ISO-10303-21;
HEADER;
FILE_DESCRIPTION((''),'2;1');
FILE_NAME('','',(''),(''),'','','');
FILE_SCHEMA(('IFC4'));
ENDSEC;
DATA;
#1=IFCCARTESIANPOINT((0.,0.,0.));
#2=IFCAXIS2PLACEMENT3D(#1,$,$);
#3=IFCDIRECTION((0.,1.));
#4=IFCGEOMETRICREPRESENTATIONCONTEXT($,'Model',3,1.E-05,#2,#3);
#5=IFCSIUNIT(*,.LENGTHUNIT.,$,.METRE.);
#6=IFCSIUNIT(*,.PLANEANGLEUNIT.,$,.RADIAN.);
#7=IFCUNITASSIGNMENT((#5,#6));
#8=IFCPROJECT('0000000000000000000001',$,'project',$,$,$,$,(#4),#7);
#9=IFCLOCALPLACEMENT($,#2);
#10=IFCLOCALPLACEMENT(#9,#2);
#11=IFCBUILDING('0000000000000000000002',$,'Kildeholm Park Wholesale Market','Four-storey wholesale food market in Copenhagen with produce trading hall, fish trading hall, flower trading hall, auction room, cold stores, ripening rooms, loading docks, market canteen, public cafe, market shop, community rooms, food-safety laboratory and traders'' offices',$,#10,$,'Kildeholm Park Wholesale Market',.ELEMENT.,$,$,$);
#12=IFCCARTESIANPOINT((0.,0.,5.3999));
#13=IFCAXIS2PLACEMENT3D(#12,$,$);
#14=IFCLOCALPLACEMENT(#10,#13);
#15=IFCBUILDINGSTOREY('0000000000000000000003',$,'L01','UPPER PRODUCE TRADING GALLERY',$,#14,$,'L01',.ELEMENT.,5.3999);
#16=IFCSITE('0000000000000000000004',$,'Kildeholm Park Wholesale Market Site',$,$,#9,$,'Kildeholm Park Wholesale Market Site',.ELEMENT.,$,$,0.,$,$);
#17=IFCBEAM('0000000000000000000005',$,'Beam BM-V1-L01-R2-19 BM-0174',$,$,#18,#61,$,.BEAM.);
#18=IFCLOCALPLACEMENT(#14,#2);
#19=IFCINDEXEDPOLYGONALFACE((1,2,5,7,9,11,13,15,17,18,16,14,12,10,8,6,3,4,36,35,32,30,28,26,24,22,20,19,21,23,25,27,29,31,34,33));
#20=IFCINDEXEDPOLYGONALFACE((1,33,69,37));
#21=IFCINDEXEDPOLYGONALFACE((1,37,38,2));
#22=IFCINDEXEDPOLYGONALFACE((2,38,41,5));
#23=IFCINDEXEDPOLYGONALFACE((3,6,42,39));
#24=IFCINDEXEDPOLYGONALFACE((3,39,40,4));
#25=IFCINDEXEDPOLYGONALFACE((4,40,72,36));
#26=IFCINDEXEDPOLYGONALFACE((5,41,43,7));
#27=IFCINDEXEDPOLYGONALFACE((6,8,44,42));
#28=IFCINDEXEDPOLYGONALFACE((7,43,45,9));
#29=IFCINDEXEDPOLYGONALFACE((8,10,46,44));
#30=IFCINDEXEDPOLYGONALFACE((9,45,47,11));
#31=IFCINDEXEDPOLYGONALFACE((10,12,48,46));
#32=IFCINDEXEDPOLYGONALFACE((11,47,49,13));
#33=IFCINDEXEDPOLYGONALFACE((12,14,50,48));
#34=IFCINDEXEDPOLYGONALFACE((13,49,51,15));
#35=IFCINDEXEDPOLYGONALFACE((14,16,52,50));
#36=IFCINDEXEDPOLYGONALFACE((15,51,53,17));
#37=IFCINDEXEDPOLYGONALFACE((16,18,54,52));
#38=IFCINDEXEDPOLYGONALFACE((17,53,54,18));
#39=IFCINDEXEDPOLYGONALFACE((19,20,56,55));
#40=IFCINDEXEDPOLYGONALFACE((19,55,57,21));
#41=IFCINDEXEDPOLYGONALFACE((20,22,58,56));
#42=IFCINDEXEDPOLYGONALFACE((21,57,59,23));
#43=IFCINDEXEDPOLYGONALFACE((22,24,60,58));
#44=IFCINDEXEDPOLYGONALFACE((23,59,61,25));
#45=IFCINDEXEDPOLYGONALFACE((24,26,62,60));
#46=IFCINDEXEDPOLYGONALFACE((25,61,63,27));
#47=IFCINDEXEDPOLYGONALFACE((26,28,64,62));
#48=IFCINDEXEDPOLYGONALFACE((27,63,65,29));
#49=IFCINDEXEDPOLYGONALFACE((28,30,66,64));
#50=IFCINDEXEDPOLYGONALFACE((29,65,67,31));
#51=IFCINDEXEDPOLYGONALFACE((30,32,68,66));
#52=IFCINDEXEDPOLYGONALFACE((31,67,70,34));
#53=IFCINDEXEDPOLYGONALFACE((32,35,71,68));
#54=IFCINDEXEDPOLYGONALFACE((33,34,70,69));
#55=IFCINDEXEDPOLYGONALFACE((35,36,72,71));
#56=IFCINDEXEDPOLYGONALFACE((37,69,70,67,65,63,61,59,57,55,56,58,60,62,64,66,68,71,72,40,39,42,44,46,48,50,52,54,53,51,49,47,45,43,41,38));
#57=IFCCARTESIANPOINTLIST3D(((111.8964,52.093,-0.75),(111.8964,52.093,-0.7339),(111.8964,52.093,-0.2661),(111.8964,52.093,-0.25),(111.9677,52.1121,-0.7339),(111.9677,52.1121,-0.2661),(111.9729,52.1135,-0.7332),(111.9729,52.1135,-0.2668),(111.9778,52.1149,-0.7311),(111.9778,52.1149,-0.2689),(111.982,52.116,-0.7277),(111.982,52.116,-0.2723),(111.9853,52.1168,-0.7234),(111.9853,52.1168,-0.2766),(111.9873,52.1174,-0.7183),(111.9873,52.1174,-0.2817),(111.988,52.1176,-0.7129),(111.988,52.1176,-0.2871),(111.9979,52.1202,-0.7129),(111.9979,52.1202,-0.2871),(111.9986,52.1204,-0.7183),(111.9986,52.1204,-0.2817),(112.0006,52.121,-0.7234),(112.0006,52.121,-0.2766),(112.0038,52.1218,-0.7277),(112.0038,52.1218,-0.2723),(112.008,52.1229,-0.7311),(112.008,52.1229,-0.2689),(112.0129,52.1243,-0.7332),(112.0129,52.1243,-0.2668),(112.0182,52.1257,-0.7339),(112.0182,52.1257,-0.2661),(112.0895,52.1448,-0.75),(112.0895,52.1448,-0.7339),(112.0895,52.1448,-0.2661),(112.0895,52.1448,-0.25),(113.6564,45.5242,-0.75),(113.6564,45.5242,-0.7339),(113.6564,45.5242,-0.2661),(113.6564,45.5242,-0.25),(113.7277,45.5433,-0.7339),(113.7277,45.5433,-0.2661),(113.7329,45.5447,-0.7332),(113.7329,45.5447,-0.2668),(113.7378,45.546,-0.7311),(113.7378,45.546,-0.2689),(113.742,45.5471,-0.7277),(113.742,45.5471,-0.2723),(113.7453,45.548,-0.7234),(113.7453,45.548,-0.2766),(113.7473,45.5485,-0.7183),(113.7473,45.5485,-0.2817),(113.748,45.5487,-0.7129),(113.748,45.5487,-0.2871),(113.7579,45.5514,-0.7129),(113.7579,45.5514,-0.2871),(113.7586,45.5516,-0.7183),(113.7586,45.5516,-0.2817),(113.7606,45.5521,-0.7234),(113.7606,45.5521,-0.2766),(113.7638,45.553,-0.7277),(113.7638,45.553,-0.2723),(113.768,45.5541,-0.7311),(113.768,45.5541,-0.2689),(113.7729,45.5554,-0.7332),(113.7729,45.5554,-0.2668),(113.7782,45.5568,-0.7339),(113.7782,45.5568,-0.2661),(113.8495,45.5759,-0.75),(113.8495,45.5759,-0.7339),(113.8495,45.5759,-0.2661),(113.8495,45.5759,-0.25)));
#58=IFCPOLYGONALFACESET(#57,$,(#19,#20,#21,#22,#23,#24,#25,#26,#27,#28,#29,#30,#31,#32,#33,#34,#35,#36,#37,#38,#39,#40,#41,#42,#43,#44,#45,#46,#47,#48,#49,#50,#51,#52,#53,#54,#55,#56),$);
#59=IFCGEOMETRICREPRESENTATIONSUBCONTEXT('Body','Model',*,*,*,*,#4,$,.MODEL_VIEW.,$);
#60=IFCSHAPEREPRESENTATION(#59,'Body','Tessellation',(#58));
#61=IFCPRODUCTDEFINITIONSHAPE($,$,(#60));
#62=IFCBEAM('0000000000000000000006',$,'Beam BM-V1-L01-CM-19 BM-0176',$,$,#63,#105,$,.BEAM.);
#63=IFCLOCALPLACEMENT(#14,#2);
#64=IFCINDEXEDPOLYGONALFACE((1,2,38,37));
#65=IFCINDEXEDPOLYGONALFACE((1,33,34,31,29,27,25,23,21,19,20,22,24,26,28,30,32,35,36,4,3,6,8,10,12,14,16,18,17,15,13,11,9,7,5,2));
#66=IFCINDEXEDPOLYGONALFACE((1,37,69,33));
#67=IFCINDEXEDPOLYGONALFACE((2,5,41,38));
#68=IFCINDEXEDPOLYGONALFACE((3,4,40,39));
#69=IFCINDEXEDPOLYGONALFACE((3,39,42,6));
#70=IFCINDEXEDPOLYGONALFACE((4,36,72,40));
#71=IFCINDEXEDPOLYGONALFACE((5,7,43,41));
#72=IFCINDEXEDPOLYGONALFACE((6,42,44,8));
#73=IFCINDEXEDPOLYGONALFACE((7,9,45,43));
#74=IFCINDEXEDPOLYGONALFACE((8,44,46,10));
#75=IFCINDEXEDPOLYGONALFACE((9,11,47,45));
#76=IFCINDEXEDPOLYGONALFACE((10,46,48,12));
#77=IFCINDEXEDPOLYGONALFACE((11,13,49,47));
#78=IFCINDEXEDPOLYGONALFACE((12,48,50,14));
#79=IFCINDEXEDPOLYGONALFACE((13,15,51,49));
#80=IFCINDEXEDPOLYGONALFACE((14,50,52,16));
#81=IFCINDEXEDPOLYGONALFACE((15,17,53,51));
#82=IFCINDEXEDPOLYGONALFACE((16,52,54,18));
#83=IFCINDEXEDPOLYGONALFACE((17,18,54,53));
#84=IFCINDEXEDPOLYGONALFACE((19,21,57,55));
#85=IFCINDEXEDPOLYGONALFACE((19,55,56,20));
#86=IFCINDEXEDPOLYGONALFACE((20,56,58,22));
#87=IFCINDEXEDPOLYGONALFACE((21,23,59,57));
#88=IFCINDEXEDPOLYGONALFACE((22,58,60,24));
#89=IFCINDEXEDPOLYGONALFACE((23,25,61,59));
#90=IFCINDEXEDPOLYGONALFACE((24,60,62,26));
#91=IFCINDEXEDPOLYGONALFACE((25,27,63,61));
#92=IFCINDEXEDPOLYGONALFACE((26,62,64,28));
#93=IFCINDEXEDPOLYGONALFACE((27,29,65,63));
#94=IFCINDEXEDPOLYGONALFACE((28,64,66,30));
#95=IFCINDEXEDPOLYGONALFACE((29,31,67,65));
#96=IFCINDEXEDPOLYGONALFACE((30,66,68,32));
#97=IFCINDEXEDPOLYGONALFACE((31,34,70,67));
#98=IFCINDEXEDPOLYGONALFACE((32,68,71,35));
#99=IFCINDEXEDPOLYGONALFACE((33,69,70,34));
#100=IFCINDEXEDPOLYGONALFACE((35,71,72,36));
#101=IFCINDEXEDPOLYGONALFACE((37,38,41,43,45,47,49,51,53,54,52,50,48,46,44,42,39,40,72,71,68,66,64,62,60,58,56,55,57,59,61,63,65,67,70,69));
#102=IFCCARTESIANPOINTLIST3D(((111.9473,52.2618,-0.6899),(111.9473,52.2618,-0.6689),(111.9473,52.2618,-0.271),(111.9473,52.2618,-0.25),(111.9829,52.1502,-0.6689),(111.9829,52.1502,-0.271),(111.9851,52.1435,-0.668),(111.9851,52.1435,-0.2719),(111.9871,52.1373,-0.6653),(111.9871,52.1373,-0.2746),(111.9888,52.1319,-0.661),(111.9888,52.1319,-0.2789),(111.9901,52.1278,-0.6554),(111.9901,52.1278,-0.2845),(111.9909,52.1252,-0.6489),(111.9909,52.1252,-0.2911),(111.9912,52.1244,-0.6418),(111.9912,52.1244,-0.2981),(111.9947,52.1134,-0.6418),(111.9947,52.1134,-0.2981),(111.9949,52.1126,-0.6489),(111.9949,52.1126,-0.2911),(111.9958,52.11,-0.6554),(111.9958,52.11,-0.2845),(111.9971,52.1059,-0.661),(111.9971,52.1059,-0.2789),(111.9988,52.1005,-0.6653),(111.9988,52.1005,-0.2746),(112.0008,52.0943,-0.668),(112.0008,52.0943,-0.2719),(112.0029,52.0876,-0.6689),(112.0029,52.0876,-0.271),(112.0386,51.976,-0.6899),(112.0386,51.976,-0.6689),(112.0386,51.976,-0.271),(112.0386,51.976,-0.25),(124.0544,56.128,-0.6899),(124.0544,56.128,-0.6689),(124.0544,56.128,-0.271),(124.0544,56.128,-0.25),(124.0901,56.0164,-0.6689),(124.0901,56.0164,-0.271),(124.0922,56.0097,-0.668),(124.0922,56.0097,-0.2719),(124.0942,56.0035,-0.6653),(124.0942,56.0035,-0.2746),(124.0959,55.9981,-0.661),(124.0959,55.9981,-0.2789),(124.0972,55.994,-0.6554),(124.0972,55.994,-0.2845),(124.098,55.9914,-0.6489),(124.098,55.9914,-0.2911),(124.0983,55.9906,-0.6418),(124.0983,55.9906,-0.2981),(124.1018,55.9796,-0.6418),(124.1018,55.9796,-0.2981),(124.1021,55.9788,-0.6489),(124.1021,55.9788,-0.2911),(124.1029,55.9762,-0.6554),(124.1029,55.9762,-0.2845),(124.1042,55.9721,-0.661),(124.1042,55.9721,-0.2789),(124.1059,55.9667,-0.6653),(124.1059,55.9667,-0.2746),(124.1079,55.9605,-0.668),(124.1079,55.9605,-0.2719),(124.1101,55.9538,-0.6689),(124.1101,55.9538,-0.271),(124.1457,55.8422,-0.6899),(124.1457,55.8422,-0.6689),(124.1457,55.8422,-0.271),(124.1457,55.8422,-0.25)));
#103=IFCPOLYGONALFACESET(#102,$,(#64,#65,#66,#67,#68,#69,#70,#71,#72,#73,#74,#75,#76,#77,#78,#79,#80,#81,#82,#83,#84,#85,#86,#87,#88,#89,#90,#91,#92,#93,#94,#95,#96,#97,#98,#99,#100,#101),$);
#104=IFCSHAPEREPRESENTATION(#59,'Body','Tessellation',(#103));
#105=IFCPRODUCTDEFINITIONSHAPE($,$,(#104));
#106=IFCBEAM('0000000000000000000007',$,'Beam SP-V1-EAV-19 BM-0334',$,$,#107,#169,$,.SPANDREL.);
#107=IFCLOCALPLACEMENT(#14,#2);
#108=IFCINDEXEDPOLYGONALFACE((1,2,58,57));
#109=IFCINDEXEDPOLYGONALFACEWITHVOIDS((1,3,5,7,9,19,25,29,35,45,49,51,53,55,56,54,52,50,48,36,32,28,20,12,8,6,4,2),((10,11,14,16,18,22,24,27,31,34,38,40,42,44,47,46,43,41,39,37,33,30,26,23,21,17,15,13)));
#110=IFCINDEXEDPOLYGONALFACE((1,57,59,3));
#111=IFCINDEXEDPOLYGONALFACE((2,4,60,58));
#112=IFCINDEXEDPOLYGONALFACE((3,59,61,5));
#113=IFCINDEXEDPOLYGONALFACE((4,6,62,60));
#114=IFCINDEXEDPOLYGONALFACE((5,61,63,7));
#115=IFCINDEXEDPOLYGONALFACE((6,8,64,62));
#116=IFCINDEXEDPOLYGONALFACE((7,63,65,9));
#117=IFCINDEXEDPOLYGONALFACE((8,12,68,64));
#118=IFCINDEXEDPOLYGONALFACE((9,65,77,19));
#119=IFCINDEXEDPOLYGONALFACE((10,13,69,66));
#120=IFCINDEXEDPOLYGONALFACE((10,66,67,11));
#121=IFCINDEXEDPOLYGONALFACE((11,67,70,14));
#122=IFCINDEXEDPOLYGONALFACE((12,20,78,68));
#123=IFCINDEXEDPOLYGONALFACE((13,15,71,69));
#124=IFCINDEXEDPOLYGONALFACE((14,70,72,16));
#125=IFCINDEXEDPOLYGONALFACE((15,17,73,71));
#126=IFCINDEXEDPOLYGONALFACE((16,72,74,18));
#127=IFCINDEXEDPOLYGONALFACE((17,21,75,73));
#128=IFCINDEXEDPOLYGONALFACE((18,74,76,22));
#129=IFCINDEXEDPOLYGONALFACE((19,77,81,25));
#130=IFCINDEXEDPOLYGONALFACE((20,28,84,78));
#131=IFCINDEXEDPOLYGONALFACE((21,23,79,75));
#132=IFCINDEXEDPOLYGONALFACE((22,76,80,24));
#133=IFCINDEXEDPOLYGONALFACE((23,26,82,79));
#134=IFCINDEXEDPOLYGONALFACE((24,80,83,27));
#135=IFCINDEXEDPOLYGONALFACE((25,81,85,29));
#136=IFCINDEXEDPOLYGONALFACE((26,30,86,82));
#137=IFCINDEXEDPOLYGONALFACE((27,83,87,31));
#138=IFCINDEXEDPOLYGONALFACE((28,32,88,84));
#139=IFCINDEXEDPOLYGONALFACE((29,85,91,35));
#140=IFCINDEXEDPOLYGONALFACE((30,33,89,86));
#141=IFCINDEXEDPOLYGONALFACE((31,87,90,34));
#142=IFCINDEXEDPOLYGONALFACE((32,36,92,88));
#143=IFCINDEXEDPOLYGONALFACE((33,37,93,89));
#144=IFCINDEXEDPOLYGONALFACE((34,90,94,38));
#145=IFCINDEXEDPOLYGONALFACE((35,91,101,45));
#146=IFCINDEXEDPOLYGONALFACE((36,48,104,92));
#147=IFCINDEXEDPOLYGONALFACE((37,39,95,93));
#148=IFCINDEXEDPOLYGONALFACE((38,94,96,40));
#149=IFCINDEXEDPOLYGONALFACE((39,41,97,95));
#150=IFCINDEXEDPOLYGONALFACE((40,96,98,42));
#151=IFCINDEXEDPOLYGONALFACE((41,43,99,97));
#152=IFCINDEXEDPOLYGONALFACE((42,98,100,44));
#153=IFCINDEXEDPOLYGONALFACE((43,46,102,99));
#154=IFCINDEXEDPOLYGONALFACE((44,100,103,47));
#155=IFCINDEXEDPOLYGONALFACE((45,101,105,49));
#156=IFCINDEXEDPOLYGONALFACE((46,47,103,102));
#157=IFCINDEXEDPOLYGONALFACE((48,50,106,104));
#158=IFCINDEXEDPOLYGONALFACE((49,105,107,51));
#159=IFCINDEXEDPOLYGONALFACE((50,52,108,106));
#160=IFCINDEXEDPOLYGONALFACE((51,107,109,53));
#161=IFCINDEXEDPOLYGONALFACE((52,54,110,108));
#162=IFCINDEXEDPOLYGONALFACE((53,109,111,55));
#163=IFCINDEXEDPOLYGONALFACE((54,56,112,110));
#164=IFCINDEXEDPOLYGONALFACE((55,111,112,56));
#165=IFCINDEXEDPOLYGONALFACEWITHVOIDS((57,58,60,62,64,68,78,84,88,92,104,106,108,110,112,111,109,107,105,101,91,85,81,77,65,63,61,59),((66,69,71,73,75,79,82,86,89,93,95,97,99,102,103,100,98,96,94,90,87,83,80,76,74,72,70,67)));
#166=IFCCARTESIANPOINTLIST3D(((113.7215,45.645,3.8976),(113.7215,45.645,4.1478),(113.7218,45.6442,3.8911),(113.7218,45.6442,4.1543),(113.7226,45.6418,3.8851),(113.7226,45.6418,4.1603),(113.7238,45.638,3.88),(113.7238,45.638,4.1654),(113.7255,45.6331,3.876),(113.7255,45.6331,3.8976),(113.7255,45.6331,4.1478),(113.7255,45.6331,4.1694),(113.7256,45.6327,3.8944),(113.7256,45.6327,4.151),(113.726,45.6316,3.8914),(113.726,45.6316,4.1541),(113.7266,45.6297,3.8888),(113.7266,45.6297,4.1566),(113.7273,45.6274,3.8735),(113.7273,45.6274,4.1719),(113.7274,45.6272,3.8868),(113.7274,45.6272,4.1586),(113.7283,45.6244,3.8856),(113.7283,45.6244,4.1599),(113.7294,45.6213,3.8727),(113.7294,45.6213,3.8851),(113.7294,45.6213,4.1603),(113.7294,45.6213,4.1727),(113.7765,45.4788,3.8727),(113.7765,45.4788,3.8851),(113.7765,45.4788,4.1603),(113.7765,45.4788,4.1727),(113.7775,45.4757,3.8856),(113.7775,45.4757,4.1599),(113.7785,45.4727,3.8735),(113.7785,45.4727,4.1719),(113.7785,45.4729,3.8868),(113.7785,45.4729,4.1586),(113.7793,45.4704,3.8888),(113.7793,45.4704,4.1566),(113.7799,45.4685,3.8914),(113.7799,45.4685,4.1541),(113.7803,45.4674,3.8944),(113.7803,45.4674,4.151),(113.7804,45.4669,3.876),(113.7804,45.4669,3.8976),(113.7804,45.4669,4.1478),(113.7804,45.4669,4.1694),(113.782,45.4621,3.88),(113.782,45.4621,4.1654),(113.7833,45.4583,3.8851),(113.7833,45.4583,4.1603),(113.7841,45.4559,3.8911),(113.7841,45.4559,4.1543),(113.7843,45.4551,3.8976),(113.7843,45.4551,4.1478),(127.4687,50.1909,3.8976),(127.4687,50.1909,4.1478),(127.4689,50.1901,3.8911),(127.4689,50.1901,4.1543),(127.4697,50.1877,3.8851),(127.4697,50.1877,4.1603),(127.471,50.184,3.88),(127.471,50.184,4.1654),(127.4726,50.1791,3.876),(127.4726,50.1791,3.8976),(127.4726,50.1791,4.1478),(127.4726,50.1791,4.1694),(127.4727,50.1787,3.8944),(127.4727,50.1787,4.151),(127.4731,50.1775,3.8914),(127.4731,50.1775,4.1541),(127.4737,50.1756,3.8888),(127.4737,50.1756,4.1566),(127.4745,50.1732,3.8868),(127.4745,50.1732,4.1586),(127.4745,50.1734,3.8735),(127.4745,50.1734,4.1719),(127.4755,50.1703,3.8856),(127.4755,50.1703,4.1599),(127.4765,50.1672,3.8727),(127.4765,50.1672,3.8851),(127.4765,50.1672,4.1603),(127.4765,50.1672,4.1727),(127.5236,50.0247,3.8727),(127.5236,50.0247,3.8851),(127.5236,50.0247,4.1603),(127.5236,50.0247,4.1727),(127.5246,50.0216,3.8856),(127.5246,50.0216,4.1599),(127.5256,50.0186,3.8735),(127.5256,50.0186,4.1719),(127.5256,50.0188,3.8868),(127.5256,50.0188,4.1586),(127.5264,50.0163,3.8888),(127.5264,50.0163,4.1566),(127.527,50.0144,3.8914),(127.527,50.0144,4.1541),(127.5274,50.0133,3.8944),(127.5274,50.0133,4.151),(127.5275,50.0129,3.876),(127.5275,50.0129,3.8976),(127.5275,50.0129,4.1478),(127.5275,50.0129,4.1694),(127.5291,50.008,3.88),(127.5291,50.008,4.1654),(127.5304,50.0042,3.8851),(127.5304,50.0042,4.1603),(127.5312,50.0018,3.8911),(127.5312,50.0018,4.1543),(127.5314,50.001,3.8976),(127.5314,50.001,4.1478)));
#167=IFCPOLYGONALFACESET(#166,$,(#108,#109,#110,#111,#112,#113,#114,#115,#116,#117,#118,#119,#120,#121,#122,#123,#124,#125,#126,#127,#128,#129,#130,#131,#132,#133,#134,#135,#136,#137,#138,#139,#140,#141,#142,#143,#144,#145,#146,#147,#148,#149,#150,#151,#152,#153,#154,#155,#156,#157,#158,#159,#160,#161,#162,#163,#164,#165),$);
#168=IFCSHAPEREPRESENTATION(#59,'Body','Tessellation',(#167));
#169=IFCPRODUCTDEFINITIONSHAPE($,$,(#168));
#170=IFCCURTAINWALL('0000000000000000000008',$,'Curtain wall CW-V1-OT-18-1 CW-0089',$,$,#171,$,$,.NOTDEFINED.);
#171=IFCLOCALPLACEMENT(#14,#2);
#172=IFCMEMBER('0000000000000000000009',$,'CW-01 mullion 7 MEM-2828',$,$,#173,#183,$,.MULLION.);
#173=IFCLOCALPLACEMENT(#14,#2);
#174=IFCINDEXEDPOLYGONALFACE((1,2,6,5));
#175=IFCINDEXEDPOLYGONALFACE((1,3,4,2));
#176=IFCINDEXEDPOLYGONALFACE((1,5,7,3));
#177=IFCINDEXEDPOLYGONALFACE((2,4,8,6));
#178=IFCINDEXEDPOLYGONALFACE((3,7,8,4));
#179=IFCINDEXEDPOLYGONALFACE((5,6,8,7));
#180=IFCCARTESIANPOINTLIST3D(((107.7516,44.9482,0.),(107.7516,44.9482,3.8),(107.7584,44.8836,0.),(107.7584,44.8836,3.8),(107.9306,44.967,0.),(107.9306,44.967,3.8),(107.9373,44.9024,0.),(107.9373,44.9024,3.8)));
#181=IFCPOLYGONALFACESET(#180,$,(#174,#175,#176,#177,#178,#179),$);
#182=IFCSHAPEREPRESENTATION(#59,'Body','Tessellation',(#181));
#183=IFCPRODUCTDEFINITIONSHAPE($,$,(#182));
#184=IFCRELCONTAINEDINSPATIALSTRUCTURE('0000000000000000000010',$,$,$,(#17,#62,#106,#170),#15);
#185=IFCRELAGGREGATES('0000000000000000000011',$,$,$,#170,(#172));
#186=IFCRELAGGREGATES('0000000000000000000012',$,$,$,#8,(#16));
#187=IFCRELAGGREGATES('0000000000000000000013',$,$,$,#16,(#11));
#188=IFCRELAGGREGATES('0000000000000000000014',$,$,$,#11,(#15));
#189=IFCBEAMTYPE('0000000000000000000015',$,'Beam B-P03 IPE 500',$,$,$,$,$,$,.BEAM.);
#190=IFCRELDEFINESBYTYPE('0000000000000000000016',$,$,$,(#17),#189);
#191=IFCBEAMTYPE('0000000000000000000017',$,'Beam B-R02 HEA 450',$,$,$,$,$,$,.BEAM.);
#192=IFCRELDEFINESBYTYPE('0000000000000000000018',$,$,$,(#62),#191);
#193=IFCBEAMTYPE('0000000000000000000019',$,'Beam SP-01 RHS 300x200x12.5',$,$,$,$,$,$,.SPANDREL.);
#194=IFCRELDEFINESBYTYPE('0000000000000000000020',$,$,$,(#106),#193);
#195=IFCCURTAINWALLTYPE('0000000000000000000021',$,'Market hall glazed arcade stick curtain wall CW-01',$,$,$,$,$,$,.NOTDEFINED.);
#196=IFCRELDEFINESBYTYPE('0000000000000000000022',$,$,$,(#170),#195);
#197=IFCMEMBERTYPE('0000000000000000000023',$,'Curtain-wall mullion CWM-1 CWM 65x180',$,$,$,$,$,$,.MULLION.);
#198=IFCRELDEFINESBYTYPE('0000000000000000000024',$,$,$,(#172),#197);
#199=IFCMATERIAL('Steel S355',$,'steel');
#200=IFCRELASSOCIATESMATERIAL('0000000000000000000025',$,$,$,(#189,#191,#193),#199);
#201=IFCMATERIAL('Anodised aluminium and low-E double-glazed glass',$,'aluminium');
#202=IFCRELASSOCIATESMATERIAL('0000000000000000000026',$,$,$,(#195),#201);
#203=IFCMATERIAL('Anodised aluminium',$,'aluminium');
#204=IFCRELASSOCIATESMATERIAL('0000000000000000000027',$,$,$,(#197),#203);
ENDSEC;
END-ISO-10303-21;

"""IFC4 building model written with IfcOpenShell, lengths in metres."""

from ifc_helpers import new_model, si_unit, direction, frame, origin, origin_2d, place, context, subcontext, project, spatial, rectangle, hollow_rectangle, i_section, extrude, material, material_profile, profile_set, type_object, element, aggregate, save


model = new_model("IFC4")

# Units and contexts
model_context = context("Model", 3, precision=1e-05, world=origin(), true_north=direction((0.0, 1.0)))
body_context = subcontext(model_context, "Body", "Model", "MODEL_VIEW")
ifc_project = project(units=[si_unit("LENGTHUNIT", "METRE"), si_unit("PLANEANGLEUNIT", "RADIAN")], contexts=[model_context])

# Site, building, storey
site_placement = place(None, origin())
site = spatial("IfcSite", under=ifc_project, at=site_placement, Name="Kildeholm Park Wholesale Market Site", LongName="Kildeholm Park Wholesale Market Site", CompositionType="ELEMENT", RefElevation=0.0)
building_placement = place(site_placement, origin())
building = spatial("IfcBuilding", under=site, at=building_placement, Name="Kildeholm Park Wholesale Market", Description="Four-storey wholesale food market in Copenhagen with produce trading hall, fish trading hall, flower trading hall, auction room, cold stores, ripening rooms, loading docks, market canteen, public cafe, market shop, community rooms, food-safety laboratory and traders' offices", LongName="Kildeholm Park Wholesale Market", CompositionType="ELEMENT")
storey_placement = place(building_placement, frame((0.0, 0.0, 5.3999)))
storey = spatial("IfcBuildingStorey", under=building, at=storey_placement, Name="L01", Description="UPPER PRODUCE TRADING GALLERY", LongName="L01", CompositionType="ELEMENT", Elevation=5.3999)

# Shared definitions
ifc_material_1 = material(Name="Steel S355", Category="steel")

# Beams
ifc_material_profile_1 = material_profile(ifc_material_1, i_section(OverallWidth=0.2, OverallDepth=0.5, WebThickness=0.0103, FlangeThickness=0.0161, FilletRadius=0.021, at=origin_2d()), Name="IPE 500")
ifc_profile_set_1 = profile_set([ifc_material_profile_1], Name="Steel S355")
beam_type_1 = type_object("IfcBeamType", Name="Beam B-P03 IPE 500", PredefinedType="BEAM", material=ifc_profile_set_1)
beam_1_placement = place(storey_placement, frame((111.9929, 52.1189, -0.5), z_axis=(0.258804, -0.96593, 0.0), x_axis=(0.96593, 0.258804, 0.0)))
element("IfcBeam", 1, at=beam_1_placement, inside=storey, type_object=beam_type_1, Name="Beam BM-V1-L01-R2-19 BM-0174", PredefinedType="BEAM", context=body_context, shape_type="SweptSolid", body=[
    extrude(i_section(OverallWidth=0.2, OverallDepth=0.5, WebThickness=0.0103, FlangeThickness=0.0161, FilletRadius=0.021, at=origin_2d()), origin(), (0.0, 0.0, 1.0), 6.8005),
])
ifc_material_profile_2 = material_profile(ifc_material_1, i_section(OverallWidth=0.3, OverallDepth=0.4399, WebThickness=0.0115, FlangeThickness=0.021, FilletRadius=0.0271, at=origin_2d()), Name="HEA 450")
ifc_profile_set_2 = profile_set([ifc_material_profile_2], Name="Steel S355")
beam_type_2 = type_object("IfcBeamType", Name="Beam B-R02 HEA 450", PredefinedType="BEAM", material=ifc_profile_set_2)
beam_2_placement = place(storey_placement, frame((111.9929, 52.1189, -0.47), z_axis=(0.952609, 0.304199, 0.0), x_axis=(-0.304199, 0.952609, 0.0)))
element("IfcBeam", 2, at=beam_2_placement, inside=storey, type_object=beam_type_2, Name="Beam BM-V1-L01-CM-19 BM-0176", PredefinedType="BEAM", context=body_context, shape_type="SweptSolid", body=[
    extrude(i_section(OverallWidth=0.3, OverallDepth=0.4399, WebThickness=0.0115, FlangeThickness=0.021, FilletRadius=0.0271, at=origin_2d()), origin(), (0.0, 0.0, 1.0), 12.7095),
])
ifc_material_profile_3 = material_profile(ifc_material_1, hollow_rectangle(XDim=0.2, YDim=0.3, WallThickness=0.0125, InnerFilletRadius=0.0125, OuterFilletRadius=0.0249, at=origin_2d()), Name="RHS 300x200x12.5")
ifc_profile_set_3 = profile_set([ifc_material_profile_3], Name="Steel S355")
beam_type_3 = type_object("IfcBeamType", Name="Beam SP-01 RHS 300x200x12.5", PredefinedType="SPANDREL", material=ifc_profile_set_3)
beam_3_placement = place(storey_placement, frame((113.7529, 45.55, 4.0227), z_axis=(0.949436, 0.313961, 0.0), x_axis=(-0.313961, 0.949436, 0.0)))
element("IfcBeam", 3, at=beam_3_placement, inside=storey, type_object=beam_type_3, Name="Beam SP-V1-EAV-19 BM-0334", PredefinedType="SPANDREL", context=body_context, shape_type="SweptSolid", body=[
    extrude(hollow_rectangle(XDim=0.2, YDim=0.3, WallThickness=0.0125, InnerFilletRadius=0.0125, OuterFilletRadius=0.0249, at=origin_2d()), origin(), (0.0, 0.0, 1.0), 14.4792),
])

# Curtain wall, member
ifc_material_2 = material(Name="Anodised aluminium and low-E double-glazed glass", Category="aluminium")
curtain_wall_type = type_object("IfcCurtainWallType", Name="Market hall glazed arcade stick curtain wall CW-01", PredefinedType="NOTDEFINED", material=ifc_material_2)
curtain_wall_1_placement = place(storey_placement, origin())
curtain_wall_1 = element("IfcCurtainWall", 4, at=curtain_wall_1_placement, inside=storey, type_object=curtain_wall_type, Name="Curtain wall CW-V1-OT-18-1 CW-0089", PredefinedType="NOTDEFINED")
ifc_material_3 = material(Name="Anodised aluminium", Category="aluminium")
ifc_material_profile_4 = material_profile(ifc_material_3, rectangle(XDim=0.0649, YDim=0.1799, at=origin_2d()), Name="CWM 65x180")
ifc_profile_set_4 = profile_set([ifc_material_profile_4], Name="Anodised aluminium")
member_type_1 = type_object("IfcMemberType", Name="Curtain-wall mullion CWM-1 CWM 65x180", PredefinedType="MULLION", material=ifc_profile_set_4)
member_1_placement = place(storey_placement, frame((107.8445, 44.9253, 0.0), z_axis=(0.0, 0.0, 1.0), x_axis=(-0.104508, 0.994524, 0.0)))
member_1 = element("IfcMember", 5, at=member_1_placement, type_object=member_type_1, Name="CW-01 mullion 7 MEM-2828", PredefinedType="MULLION", context=body_context, shape_type="SweptSolid", body=[
    extrude(rectangle(XDim=0.0649, YDim=0.1799, at=origin_2d()), origin(), (0.0, 0.0, 1.0), 3.8),
])

aggregate(curtain_wall_1, [member_1])

save(model, "model.ifc")
